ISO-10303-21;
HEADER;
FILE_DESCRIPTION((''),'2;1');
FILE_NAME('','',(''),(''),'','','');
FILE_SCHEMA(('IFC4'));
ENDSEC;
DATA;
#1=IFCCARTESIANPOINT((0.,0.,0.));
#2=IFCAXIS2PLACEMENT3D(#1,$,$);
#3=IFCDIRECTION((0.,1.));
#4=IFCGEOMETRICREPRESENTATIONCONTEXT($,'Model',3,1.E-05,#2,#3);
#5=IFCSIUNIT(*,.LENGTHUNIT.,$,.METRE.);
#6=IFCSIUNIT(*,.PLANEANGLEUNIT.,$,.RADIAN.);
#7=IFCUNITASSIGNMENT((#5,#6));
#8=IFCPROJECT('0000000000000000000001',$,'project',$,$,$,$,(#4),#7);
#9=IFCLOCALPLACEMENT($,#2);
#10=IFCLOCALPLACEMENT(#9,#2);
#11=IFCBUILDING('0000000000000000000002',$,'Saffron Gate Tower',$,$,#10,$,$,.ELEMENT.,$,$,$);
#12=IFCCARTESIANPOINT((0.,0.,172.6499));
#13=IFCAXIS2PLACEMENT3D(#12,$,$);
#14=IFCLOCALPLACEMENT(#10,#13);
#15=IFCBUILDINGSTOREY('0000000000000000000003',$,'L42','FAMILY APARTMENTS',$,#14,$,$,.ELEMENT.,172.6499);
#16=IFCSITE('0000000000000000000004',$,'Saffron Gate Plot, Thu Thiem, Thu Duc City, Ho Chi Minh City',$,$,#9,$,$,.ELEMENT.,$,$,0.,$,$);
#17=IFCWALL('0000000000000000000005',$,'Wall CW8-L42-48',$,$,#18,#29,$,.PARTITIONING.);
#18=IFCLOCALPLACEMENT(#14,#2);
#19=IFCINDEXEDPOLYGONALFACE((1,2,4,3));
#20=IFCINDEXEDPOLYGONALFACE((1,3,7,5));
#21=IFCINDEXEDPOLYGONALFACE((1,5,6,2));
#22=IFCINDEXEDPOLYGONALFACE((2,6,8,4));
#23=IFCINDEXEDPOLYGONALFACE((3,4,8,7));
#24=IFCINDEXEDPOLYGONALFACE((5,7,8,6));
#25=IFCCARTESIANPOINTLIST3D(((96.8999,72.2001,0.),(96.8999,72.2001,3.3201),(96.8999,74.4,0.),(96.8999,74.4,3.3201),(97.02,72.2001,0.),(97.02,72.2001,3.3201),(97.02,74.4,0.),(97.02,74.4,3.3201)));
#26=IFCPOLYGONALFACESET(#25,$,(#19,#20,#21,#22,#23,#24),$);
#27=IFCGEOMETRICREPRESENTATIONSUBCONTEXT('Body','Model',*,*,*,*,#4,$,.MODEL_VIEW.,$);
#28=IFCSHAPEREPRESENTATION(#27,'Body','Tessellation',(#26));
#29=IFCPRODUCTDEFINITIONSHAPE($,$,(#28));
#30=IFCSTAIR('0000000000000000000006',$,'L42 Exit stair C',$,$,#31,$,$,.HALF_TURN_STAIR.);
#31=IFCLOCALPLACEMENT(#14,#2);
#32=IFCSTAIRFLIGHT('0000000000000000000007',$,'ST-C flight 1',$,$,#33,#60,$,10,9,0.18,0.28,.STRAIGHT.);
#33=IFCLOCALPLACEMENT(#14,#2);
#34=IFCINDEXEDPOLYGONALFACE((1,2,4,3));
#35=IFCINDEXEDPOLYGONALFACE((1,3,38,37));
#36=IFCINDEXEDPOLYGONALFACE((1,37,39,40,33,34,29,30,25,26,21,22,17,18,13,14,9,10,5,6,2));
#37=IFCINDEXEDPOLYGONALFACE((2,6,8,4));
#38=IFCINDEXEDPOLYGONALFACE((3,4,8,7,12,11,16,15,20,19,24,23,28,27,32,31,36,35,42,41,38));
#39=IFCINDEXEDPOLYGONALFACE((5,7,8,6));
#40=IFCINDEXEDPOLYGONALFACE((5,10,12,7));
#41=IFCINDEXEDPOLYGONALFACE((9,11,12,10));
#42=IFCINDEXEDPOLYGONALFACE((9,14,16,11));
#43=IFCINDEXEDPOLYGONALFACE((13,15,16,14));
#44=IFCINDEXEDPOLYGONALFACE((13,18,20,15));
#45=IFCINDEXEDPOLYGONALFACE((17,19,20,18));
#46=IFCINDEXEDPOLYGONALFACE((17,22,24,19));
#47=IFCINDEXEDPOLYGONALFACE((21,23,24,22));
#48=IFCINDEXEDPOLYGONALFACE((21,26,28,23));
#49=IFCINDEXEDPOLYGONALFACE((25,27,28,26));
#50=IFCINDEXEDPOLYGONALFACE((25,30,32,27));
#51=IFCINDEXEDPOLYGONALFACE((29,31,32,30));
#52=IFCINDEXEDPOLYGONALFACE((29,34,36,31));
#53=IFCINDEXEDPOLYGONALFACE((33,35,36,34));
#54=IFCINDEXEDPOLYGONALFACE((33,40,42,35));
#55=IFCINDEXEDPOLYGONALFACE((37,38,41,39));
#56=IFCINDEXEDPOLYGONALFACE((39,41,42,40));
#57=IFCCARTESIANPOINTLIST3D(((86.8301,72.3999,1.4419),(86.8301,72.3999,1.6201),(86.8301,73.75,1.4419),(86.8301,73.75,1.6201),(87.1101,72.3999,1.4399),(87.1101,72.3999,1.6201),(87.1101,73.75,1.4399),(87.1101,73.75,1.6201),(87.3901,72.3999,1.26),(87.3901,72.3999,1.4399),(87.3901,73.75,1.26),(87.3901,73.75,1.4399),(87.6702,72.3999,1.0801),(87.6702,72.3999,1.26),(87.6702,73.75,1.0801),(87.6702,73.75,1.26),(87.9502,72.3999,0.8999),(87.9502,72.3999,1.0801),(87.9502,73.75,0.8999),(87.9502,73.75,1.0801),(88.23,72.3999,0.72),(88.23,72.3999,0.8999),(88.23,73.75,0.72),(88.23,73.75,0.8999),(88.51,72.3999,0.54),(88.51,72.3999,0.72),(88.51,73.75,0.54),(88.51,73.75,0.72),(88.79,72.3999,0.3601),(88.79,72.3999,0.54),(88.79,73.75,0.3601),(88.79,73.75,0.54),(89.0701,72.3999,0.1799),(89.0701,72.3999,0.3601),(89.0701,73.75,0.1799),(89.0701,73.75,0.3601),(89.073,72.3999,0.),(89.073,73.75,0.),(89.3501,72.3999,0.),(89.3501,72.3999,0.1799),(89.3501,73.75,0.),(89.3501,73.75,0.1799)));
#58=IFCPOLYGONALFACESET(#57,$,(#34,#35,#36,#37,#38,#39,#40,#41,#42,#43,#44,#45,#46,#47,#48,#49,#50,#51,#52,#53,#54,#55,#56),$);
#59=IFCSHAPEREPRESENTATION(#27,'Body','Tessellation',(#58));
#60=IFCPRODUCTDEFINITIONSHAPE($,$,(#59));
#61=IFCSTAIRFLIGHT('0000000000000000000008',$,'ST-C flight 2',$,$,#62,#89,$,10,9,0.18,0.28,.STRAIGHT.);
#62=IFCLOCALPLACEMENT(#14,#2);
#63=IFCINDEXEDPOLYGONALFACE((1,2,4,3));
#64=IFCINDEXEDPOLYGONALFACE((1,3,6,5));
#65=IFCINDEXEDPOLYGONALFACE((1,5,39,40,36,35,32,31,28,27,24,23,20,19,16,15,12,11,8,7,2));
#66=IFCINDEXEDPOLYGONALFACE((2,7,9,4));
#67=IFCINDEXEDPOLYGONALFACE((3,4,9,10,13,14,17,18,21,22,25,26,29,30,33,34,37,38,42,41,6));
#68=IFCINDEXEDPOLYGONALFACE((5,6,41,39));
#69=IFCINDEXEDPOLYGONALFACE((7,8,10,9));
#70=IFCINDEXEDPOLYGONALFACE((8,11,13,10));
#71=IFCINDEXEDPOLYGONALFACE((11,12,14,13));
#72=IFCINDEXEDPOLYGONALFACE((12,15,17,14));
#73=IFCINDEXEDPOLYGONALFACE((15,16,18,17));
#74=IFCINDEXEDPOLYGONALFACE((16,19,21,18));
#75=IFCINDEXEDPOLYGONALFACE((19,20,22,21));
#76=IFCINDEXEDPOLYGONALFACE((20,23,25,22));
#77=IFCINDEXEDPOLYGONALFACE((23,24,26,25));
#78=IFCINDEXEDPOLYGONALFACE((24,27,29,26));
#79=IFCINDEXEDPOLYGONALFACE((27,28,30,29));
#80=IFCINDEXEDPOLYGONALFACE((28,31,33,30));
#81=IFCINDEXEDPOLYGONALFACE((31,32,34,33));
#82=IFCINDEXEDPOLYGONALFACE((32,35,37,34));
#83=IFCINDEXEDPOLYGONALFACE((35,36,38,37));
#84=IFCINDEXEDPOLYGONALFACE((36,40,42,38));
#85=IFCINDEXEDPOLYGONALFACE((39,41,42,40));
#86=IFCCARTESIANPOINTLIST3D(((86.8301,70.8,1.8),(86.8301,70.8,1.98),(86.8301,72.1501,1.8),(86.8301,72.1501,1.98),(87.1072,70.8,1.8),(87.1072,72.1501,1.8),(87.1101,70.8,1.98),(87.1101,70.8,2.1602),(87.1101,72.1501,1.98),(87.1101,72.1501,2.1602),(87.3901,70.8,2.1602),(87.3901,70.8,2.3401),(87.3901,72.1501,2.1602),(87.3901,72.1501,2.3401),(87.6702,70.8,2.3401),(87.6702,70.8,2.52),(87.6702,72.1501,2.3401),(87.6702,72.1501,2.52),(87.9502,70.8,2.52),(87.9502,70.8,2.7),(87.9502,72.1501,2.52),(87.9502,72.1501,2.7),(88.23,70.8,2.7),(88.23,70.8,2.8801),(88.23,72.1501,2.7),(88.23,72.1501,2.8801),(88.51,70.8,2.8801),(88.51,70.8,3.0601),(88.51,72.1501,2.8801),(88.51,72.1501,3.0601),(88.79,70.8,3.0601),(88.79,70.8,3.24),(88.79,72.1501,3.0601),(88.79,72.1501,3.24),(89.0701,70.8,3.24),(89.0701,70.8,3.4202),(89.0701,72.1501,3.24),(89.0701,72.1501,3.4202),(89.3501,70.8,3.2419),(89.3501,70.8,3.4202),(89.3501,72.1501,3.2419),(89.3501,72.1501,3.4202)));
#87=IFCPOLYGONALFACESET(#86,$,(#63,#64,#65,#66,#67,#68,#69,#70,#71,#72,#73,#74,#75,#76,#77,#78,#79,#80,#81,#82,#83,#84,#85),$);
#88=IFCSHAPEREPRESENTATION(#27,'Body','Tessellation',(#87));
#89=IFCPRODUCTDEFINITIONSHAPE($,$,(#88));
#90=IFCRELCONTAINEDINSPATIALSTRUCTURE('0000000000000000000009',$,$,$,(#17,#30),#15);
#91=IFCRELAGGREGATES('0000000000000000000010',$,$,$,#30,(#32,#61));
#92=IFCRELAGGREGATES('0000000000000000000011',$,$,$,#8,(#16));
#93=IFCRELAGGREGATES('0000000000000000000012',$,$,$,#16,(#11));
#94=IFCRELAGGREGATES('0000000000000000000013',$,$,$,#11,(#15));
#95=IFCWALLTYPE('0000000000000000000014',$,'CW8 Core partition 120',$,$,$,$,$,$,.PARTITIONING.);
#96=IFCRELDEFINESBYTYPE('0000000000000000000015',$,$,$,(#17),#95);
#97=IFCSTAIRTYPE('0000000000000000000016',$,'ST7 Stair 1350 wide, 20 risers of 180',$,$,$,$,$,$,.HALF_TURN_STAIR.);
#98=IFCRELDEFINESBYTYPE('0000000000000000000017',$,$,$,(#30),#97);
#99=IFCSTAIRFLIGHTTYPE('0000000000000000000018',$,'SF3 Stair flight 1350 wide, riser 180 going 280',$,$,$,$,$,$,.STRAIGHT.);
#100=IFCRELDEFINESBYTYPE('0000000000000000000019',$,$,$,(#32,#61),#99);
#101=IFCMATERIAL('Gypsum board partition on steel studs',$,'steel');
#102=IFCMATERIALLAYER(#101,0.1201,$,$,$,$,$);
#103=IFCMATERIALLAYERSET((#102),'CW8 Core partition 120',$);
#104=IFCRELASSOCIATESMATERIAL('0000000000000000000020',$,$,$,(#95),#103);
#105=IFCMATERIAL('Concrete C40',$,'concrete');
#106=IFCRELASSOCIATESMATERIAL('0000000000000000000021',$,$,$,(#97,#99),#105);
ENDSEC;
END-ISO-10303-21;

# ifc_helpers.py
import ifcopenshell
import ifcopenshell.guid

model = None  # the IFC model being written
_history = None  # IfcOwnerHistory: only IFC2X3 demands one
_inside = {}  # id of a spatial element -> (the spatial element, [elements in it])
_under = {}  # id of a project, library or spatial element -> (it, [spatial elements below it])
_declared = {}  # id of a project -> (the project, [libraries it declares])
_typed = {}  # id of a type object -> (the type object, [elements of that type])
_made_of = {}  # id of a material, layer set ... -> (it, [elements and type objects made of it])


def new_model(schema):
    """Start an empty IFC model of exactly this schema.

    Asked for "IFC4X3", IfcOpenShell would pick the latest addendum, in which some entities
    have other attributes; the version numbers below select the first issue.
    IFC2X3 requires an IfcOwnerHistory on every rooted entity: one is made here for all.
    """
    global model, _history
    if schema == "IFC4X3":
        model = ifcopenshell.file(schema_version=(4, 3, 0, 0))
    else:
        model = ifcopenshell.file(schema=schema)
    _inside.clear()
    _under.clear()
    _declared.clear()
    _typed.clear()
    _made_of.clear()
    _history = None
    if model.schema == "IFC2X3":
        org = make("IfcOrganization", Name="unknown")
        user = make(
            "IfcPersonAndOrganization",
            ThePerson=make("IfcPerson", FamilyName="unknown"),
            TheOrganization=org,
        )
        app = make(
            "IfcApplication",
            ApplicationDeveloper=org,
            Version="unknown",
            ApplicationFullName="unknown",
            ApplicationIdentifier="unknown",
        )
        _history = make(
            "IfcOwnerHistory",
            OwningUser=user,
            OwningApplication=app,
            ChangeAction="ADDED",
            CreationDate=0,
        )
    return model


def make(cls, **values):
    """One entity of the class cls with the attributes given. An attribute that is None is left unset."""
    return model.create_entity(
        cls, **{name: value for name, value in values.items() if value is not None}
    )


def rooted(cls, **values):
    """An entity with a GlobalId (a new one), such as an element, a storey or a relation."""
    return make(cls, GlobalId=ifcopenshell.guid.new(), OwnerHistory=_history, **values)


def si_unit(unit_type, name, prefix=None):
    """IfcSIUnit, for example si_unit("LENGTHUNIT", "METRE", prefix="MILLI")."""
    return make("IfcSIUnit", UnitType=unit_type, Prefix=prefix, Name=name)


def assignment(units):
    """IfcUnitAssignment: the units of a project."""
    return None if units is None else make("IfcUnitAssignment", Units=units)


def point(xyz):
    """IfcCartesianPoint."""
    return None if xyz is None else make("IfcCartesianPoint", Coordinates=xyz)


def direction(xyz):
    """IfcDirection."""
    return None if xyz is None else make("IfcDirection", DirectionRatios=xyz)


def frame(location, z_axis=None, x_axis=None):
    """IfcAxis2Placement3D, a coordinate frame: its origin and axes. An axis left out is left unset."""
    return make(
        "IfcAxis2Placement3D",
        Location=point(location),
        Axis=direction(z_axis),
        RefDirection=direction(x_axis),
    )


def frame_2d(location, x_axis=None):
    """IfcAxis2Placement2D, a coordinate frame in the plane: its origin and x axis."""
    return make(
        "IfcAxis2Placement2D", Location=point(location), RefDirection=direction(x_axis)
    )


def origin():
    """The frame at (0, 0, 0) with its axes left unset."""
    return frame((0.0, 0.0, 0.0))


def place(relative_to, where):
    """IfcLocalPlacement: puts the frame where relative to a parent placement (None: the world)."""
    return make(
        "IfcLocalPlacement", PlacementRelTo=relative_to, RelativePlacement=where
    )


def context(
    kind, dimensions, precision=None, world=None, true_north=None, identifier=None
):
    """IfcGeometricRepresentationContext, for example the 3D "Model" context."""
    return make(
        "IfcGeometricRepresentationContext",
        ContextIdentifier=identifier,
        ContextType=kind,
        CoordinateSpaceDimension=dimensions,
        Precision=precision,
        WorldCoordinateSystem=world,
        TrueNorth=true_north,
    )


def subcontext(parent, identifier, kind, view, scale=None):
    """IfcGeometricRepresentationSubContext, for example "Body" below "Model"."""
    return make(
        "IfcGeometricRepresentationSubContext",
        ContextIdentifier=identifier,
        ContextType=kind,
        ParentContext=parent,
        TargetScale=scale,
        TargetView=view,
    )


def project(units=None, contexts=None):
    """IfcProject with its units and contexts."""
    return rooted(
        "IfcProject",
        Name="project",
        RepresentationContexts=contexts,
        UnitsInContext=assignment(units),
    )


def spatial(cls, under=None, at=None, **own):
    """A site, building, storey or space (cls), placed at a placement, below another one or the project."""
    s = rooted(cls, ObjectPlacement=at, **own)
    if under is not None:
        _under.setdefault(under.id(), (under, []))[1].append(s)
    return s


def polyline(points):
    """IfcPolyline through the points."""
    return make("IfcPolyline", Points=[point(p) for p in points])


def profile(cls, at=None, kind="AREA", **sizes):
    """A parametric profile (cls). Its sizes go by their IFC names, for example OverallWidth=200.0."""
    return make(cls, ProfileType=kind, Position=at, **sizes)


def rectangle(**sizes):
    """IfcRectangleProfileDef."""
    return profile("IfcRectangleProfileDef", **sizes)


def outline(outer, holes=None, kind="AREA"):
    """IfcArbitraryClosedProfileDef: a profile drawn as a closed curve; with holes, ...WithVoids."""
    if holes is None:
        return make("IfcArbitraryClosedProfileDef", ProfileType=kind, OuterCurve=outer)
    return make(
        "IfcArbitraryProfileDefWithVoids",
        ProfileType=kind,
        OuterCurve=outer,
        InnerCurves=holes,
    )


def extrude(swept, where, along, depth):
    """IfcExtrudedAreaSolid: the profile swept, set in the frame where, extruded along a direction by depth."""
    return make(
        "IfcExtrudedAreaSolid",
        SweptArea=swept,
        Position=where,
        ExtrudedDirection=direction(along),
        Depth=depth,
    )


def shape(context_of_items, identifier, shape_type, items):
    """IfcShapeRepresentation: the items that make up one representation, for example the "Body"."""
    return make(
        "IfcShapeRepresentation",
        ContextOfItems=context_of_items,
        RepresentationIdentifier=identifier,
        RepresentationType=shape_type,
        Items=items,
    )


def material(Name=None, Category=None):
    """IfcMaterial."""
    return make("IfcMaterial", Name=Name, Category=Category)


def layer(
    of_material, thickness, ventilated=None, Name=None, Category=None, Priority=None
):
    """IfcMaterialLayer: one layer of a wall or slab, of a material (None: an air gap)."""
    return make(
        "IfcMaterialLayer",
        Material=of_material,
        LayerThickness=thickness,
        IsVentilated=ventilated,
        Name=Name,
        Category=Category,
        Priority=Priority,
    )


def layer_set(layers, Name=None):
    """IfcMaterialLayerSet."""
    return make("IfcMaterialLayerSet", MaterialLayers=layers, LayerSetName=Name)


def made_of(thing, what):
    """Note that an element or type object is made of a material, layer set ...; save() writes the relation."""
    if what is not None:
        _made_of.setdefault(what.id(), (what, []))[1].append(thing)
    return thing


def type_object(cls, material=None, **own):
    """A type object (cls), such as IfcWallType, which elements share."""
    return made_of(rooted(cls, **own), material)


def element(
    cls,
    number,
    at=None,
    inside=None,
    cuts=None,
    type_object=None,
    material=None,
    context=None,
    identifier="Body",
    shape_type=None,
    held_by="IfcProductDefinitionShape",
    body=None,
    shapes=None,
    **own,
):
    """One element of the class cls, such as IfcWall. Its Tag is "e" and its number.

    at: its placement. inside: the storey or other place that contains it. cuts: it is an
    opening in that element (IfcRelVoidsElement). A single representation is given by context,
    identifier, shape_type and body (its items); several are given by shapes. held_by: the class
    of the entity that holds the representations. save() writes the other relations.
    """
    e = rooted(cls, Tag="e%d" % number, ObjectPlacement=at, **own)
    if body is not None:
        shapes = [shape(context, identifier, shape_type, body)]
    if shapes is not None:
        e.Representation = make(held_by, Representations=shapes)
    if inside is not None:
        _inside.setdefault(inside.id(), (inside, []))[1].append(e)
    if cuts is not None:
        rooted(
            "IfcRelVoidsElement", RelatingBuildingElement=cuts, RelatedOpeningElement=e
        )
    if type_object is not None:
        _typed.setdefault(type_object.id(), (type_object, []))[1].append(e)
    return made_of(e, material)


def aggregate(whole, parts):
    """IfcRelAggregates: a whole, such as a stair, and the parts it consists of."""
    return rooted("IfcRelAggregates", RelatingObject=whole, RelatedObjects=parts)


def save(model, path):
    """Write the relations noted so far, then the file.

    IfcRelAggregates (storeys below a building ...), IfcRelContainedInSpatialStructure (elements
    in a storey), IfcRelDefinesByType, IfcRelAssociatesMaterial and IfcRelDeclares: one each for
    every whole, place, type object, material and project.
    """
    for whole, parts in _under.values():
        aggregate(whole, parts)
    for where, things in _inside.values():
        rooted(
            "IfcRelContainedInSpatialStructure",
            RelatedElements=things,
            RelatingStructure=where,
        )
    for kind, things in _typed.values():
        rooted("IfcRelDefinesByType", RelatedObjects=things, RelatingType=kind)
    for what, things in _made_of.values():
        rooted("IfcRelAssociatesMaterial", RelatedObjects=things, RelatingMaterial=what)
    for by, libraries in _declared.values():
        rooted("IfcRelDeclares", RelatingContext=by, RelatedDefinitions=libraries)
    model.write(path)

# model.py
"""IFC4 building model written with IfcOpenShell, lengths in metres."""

from ifc_helpers import new_model, si_unit, direction, frame, frame_2d, origin, place, context, subcontext, project, spatial, polyline, rectangle, outline, extrude, material, layer, layer_set, type_object, element, aggregate, save


model = new_model("IFC4")

# Units and contexts
model_context = context("Model", 3, precision=1e-05, world=origin(), true_north=direction((0.0, 1.0)))
body_context = subcontext(model_context, "Body", "Model", "MODEL_VIEW")
ifc_project = project(units=[si_unit("LENGTHUNIT", "METRE"), si_unit("PLANEANGLEUNIT", "RADIAN")], contexts=[model_context])

# Site, building, storey
site_placement = place(None, origin())
site = spatial("IfcSite", under=ifc_project, at=site_placement, Name="Saffron Gate Plot, Thu Thiem, Thu Duc City, Ho Chi Minh City", CompositionType="ELEMENT", RefElevation=0.0)
building_placement = place(site_placement, origin())
building = spatial("IfcBuilding", under=site, at=building_placement, Name="Saffron Gate Tower", CompositionType="ELEMENT")
storey_placement = place(building_placement, frame((0.0, 0.0, 172.6499)))
storey = spatial("IfcBuildingStorey", under=building, at=storey_placement, Name="L42", Description="FAMILY APARTMENTS", CompositionType="ELEMENT", Elevation=172.6499)

# Shared definitions
ifc_material_1 = material(Name="Gypsum board partition on steel studs", Category="steel")
ifc_layer_1 = layer(ifc_material_1, 0.1201)
ifc_layer_set_1 = layer_set([ifc_layer_1], Name="CW8 Core partition 120")
wall_type_1 = type_object("IfcWallType", Name="CW8 Core partition 120", PredefinedType="PARTITIONING", material=ifc_layer_set_1)

# Wall
for number, where, z_axis, x_axis, name in (
    (1, (96.96, 72.2, 0.0), (0.0, 0.0, 1.0), (0.0, 1.0, 0.0), "Wall CW8-L42-48"),
):
    element("IfcWall", number, at=place(storey_placement, frame(where, z_axis=z_axis, x_axis=x_axis)), inside=storey, type_object=wall_type_1, Name=name, PredefinedType="PARTITIONING", context=body_context, shape_type="SweptSolid", body=[
        extrude(rectangle(XDim=2.2, YDim=0.1201, at=frame_2d((1.1001, 0.0))), origin(), (0.0, 0.0, 1.0), 3.3201),
    ])

# Stair, stair flights
ifc_material_2 = material(Name="Concrete C40", Category="concrete")
stair_type = type_object("IfcStairType", Name="ST7 Stair 1350 wide, 20 risers of 180", PredefinedType="HALF_TURN_STAIR", material=ifc_material_2)
stair_placement = place(storey_placement, origin())
stair = element("IfcStair", 2, at=stair_placement, inside=storey, type_object=stair_type, Name="L42 Exit stair C", PredefinedType="HALF_TURN_STAIR")
stair_flight_type = type_object("IfcStairFlightType", Name="SF3 Stair flight 1350 wide, riser 180 going 280", PredefinedType="STRAIGHT", material=ifc_material_2)
stair_flight_1_placement = place(storey_placement, frame((89.3501, 73.075, 0.0), z_axis=(0.0, 0.0, 1.0), x_axis=(-1.0, 0.0, 0.0)))
stair_flight_1 = element("IfcStairFlight", 3, at=stair_flight_1_placement, type_object=stair_flight_type, Name="ST-C flight 1", NumberOfRisers=10, NumberOfTreads=9, PredefinedType="STRAIGHT", RiserHeight=0.18, TreadLength=0.28, context=body_context, shape_type="SweptSolid", body=[
    extrude(outline(polyline([(0.0, 0.0), (0.0, 0.1799), (0.28, 0.1799), (0.28, 0.3601), (0.5601, 0.3601), (0.5601, 0.54), (0.8401, 0.54), (0.8401, 0.72), (1.1201, 0.72), (1.1201, 0.8999), (1.3999, 0.8999), (1.3999, 1.0801), (1.6799, 1.0801), (1.6799, 1.26), (1.96, 1.26), (1.96, 1.4399), (2.24, 1.4399), (2.24, 1.6201), (2.52, 1.6201), (2.52, 1.8), (2.52, 1.4419), (0.2771, 0.0), (0.0, 0.0)])), frame((0.0, 0.675, 0.0), z_axis=(0.0, -1.0, 0.0), x_axis=(1.0, 0.0, 0.0)), (0.0, 0.0, 1.0), 1.3501),
])
stair_flight_2_placement = place(storey_placement, frame((86.8301, 71.4751, 1.8), z_axis=(0.0, 0.0, 1.0), x_axis=(1.0, 0.0, 0.0)))
stair_flight_2 = element("IfcStairFlight", 4, at=stair_flight_2_placement, type_object=stair_flight_type, Name="ST-C flight 2", NumberOfRisers=10, NumberOfTreads=9, PredefinedType="STRAIGHT", RiserHeight=0.18, TreadLength=0.28, context=body_context, shape_type="SweptSolid", body=[
    extrude(outline(polyline([(0.0, 0.0), (0.0, 0.1799), (0.28, 0.1799), (0.28, 0.3601), (0.5601, 0.3601), (0.5601, 0.54), (0.8401, 0.54), (0.8401, 0.72), (1.1201, 0.72), (1.1201, 0.8999), (1.3999, 0.8999), (1.3999, 1.0801), (1.6799, 1.0801), (1.6799, 1.26), (1.96, 1.26), (1.96, 1.4399), (2.24, 1.4399), (2.24, 1.6201), (2.52, 1.6201), (2.52, 1.8), (2.52, 1.4419), (0.2771, 0.0), (0.0, 0.0)])), frame((0.0, 0.675, 0.0), z_axis=(0.0, -1.0, 0.0), x_axis=(1.0, 0.0, 0.0)), (0.0, 0.0, 1.0), 1.3501),
])
aggregate(stair, [stair_flight_1, stair_flight_2])

save(model, "model.ifc")
